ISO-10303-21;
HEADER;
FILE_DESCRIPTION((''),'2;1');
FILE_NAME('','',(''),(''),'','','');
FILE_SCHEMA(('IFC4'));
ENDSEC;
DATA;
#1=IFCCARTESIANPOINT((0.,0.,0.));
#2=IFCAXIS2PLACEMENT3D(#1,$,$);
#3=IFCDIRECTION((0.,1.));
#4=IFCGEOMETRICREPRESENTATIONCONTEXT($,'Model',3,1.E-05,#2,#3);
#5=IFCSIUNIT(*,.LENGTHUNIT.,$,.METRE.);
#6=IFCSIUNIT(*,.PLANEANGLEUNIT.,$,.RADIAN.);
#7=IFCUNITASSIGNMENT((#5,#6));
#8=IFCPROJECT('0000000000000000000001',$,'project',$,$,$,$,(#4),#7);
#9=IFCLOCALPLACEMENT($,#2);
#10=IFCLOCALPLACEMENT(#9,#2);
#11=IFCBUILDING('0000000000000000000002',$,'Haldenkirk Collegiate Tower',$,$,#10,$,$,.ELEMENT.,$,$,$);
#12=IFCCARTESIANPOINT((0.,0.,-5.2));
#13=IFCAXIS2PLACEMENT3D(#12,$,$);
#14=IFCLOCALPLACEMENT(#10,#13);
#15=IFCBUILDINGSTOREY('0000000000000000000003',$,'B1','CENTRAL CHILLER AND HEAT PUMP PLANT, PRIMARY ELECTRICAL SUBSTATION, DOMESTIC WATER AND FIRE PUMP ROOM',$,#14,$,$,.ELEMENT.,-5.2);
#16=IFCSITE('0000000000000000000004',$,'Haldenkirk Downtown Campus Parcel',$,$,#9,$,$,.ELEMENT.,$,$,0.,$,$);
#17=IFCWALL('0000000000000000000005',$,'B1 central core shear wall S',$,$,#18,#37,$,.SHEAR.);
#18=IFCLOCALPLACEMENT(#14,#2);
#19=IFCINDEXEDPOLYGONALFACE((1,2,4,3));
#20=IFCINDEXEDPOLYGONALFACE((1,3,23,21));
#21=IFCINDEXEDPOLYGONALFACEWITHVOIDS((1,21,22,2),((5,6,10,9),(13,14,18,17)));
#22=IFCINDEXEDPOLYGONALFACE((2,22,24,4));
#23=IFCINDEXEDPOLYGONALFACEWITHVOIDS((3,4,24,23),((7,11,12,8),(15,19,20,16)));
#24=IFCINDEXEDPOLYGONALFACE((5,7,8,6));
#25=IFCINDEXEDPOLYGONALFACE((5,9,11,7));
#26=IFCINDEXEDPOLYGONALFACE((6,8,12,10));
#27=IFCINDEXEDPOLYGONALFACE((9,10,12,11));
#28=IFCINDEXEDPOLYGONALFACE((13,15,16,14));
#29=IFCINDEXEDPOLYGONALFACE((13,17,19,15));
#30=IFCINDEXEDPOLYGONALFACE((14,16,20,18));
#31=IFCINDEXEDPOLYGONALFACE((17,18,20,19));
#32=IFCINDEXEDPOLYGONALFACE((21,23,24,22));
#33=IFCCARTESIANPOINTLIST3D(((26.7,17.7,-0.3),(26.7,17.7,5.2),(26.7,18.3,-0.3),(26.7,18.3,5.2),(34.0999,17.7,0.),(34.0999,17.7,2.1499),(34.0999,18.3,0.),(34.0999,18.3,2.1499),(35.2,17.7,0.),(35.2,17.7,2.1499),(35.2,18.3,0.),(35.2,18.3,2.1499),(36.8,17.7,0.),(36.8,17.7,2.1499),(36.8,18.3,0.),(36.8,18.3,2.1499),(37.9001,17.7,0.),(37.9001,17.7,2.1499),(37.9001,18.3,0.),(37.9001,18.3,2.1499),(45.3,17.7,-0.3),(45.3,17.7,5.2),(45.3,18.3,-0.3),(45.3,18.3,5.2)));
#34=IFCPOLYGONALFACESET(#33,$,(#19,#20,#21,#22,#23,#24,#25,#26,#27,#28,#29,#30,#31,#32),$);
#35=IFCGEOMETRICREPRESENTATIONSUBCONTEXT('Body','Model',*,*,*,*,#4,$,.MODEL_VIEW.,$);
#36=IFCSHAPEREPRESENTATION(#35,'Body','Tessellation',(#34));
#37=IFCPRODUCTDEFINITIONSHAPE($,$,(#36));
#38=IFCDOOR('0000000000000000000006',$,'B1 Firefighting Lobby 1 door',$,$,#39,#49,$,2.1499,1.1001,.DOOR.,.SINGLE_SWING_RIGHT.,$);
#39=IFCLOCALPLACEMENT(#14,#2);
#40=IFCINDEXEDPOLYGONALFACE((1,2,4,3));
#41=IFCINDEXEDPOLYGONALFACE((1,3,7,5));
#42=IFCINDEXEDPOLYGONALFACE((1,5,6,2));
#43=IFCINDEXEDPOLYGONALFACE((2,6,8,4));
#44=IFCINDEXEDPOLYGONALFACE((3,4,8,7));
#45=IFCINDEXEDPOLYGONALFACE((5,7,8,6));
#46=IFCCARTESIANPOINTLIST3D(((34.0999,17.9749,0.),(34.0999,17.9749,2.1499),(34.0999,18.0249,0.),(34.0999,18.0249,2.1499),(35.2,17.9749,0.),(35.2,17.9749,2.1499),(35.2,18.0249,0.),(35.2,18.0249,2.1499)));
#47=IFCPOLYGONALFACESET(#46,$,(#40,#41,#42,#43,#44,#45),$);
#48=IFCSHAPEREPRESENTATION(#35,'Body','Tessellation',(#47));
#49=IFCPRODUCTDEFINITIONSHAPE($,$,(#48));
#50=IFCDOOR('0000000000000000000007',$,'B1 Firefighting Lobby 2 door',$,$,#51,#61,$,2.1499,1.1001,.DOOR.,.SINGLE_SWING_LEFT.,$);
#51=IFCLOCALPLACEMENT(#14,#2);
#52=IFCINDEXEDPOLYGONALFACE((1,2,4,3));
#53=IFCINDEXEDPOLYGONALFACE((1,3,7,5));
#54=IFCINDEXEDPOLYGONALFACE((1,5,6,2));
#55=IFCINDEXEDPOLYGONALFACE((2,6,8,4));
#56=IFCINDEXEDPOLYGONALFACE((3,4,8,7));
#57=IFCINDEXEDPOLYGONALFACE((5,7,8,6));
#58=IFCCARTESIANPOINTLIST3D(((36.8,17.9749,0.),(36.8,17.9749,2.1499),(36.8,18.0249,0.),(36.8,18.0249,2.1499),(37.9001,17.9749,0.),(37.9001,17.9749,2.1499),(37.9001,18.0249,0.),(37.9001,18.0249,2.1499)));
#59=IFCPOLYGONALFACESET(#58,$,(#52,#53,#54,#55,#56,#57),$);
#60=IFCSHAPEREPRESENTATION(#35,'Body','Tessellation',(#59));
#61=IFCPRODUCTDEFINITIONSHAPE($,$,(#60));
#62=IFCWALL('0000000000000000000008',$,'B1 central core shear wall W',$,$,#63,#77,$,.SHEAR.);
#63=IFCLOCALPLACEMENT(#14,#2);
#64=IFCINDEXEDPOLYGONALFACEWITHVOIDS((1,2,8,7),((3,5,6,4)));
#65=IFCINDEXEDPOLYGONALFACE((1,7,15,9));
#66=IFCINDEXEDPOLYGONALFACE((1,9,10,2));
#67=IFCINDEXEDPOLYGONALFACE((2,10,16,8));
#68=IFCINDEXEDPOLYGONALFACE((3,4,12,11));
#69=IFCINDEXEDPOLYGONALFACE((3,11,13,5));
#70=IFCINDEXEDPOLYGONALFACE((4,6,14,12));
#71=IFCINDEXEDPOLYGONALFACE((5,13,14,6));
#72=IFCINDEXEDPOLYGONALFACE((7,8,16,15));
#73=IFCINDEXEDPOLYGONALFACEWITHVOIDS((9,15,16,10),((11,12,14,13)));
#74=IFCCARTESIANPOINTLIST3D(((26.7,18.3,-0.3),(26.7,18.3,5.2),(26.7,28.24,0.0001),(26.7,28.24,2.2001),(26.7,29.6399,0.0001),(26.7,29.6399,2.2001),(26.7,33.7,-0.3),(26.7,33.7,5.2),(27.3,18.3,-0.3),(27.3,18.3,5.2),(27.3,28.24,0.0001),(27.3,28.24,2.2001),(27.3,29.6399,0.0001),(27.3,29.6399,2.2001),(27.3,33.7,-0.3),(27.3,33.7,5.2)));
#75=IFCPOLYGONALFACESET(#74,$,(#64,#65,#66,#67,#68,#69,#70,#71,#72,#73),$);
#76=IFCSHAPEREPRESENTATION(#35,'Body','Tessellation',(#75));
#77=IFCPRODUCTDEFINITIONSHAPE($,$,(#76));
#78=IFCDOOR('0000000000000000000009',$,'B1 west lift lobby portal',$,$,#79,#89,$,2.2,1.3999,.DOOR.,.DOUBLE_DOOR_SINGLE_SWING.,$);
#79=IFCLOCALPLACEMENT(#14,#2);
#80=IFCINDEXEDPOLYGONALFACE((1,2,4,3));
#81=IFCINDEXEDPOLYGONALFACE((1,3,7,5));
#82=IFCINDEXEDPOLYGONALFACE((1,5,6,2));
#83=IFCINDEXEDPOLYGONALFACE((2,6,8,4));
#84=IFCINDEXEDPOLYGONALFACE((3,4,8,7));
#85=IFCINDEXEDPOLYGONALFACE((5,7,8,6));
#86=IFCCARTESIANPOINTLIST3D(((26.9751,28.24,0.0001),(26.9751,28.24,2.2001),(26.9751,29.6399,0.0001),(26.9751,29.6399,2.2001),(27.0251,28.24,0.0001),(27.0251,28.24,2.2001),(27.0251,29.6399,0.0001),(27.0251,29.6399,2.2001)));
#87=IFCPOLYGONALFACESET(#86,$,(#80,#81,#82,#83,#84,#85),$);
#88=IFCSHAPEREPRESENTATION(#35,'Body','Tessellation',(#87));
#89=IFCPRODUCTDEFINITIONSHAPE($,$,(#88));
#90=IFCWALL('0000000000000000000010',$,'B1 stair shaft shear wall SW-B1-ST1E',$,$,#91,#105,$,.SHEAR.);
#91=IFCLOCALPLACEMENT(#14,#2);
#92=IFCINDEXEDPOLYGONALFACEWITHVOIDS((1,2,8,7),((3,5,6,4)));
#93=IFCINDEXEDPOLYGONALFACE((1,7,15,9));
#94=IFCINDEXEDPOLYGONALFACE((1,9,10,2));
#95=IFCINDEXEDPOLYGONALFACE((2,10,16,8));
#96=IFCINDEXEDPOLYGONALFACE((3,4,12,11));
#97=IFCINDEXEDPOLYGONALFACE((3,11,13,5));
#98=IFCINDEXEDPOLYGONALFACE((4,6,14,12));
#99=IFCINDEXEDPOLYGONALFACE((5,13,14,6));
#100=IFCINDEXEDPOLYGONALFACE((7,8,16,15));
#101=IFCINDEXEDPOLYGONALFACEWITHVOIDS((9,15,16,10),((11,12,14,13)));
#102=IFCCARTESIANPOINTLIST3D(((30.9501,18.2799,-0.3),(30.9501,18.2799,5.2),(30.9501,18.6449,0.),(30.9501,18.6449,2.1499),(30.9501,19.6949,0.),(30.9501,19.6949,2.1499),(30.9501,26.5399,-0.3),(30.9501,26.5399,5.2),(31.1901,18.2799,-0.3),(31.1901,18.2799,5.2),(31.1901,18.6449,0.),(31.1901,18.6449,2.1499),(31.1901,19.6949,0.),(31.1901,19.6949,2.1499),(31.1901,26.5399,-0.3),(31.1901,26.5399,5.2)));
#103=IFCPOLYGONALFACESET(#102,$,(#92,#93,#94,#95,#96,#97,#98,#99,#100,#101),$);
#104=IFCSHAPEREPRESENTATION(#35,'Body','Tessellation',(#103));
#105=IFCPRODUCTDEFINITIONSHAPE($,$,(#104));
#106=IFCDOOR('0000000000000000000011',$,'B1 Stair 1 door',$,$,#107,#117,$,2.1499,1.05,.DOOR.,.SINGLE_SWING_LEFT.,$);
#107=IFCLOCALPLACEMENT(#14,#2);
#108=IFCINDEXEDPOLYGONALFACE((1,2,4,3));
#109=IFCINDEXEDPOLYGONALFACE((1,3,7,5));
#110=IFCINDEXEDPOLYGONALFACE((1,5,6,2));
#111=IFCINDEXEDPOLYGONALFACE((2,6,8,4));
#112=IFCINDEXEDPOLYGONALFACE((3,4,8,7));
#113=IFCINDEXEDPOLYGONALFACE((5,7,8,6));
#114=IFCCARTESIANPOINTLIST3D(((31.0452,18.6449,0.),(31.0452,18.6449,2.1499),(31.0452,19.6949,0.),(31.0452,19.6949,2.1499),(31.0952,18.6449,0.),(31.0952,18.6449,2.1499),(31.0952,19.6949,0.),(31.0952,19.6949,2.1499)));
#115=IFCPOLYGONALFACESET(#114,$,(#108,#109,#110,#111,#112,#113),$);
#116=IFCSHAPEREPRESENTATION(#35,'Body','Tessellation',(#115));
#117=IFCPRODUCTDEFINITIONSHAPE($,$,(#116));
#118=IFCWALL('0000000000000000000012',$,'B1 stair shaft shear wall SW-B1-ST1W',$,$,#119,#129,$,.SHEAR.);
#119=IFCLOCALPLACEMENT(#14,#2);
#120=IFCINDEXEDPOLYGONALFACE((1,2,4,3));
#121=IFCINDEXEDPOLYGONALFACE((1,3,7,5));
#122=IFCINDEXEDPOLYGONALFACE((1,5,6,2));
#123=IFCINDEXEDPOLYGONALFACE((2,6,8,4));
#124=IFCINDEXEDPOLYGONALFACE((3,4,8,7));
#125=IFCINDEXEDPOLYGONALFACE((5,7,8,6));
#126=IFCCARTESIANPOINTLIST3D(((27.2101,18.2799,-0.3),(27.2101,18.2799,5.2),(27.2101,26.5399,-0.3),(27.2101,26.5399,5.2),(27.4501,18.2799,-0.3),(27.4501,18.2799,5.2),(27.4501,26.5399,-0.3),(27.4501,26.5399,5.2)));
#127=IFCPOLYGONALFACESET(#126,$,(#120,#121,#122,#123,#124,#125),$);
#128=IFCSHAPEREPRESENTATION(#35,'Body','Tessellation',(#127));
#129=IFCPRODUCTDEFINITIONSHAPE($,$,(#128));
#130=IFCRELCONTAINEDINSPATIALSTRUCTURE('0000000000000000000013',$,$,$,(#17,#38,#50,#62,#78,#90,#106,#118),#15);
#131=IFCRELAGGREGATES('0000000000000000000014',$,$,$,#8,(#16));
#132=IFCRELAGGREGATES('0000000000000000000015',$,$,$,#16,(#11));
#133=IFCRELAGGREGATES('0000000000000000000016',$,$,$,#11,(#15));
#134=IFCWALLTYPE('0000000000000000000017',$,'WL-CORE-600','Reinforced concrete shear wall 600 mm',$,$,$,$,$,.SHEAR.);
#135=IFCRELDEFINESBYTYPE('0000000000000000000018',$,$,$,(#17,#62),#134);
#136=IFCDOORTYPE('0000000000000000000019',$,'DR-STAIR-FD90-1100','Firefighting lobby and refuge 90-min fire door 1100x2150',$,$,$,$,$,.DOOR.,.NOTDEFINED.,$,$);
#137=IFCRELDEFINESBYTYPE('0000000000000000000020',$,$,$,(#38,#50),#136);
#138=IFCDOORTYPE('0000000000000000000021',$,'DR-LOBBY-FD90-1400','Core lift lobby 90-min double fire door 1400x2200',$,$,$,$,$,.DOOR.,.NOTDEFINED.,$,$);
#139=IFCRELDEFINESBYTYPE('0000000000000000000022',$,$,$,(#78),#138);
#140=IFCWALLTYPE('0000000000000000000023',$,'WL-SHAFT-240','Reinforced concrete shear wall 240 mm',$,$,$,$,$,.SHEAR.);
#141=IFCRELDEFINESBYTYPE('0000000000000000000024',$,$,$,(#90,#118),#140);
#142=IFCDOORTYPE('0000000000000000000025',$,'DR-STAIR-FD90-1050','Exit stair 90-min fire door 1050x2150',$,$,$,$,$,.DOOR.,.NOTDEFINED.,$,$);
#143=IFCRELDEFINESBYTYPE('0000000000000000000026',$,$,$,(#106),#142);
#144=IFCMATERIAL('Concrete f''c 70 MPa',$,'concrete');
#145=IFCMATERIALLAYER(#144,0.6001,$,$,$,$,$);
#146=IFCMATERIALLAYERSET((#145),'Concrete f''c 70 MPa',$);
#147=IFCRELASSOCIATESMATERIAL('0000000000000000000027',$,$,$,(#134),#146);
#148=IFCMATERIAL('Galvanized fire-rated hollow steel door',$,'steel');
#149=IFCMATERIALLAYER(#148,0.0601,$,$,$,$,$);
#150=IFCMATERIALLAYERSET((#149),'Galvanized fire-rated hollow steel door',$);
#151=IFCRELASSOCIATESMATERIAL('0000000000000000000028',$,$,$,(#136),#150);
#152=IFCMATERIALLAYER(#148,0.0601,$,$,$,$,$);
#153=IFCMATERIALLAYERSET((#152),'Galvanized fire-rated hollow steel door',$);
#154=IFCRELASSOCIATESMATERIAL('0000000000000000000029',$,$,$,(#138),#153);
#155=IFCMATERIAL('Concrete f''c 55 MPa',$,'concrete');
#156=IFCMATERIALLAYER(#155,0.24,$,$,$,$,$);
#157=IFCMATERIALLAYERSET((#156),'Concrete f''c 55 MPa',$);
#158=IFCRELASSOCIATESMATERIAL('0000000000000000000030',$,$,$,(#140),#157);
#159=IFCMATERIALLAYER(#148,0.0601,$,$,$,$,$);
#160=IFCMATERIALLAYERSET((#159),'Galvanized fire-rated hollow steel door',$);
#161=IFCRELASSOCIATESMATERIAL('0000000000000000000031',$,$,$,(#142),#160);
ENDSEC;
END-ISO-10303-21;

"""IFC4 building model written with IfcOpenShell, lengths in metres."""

from ifc_helpers import new_model, si_unit, direction, frame, frame_2d, origin, place, context, subcontext, project, spatial, rectangle, extrude, material, layer, layer_set, type_object, element, fill, save


model = new_model("IFC4")

# Units and contexts
model_context = context("Model", 3, precision=1e-05, world=origin(), true_north=direction((0.0, 1.0)))
body_context = subcontext(model_context, "Body", "Model", "MODEL_VIEW")
ifc_project = project(units=[si_unit("LENGTHUNIT", "METRE"), si_unit("PLANEANGLEUNIT", "RADIAN")], contexts=[model_context])

# Site, building, storey
site_placement = place(None, origin())
site = spatial("IfcSite", under=ifc_project, at=site_placement, Name="Haldenkirk Downtown Campus Parcel", CompositionType="ELEMENT", RefElevation=0.0)
building_placement = place(site_placement, origin())
building = spatial("IfcBuilding", under=site, at=building_placement, Name="Haldenkirk Collegiate Tower", CompositionType="ELEMENT")
storey_placement = place(building_placement, frame((0.0, 0.0, -5.2)))
storey = spatial("IfcBuildingStorey", under=building, at=storey_placement, Name="B1", Description="CENTRAL CHILLER AND HEAT PUMP PLANT, PRIMARY ELECTRICAL SUBSTATION, DOMESTIC WATER AND FIRE PUMP ROOM", CompositionType="ELEMENT", Elevation=-5.2)

# Shared definitions
ifc_material_1 = material(Name="Concrete f'c 55 MPa", Category="concrete")

# Wall, openings, doors
ifc_material_2 = material(Name="Concrete f'c 70 MPa", Category="concrete")
ifc_layer_1 = layer(ifc_material_2, 0.6001)
ifc_layer_set_1 = layer_set([ifc_layer_1], Name="Concrete f'c 70 MPa")
wall_type_1 = type_object("IfcWallType", Name="WL-CORE-600", Description="Reinforced concrete shear wall 600 mm", PredefinedType="SHEAR", material=ifc_layer_set_1)
wall_1_placement = place(storey_placement, frame((26.7, 18.0, -0.3), z_axis=(0.0, 0.0, 1.0), x_axis=(1.0, 0.0, 0.0)))
wall_1 = element("IfcWall", 1, at=wall_1_placement, inside=storey, type_object=wall_type_1, Name="B1 central core shear wall S", PredefinedType="SHEAR", context=body_context, shape_type="SweptSolid", body=[
    extrude(rectangle(XDim=18.6001, YDim=0.6001, at=frame_2d((9.3, 0.0))), origin(), (0.0, 0.0, 1.0), 5.5),
])
opening_1_placement = place(wall_1_placement, frame((7.3999, 0.0, 0.3)))
opening_1 = element("IfcOpeningElement", 2, at=opening_1_placement, cuts=wall_1, PredefinedType="OPENING", context=body_context, shape_type="SweptSolid", body=[
    extrude(rectangle(XDim=1.1001, YDim=2.1499, at=frame_2d((0.55, 1.075))), frame((0.0, 0.3101, 0.0), z_axis=(0.0, -1.0, 0.0), x_axis=(1.0, 0.0, 0.0)), (0.0, 0.0, 1.0), 0.6201),
])
opening_2_placement = place(wall_1_placement, frame((10.1001, 0.0, 0.3)))
opening_2 = element("IfcOpeningElement", 3, at=opening_2_placement, cuts=wall_1, PredefinedType="OPENING", context=body_context, shape_type="SweptSolid", body=[
    extrude(rectangle(XDim=1.1001, YDim=2.1499, at=frame_2d((0.55, 1.075))), frame((0.0, 0.3101, 0.0), z_axis=(0.0, -1.0, 0.0), x_axis=(1.0, 0.0, 0.0)), (0.0, 0.0, 1.0), 0.6201),
])
ifc_material_3 = material(Name="Galvanized fire-rated hollow steel door", Category="steel")
ifc_layer_2 = layer(ifc_material_3, 0.0601)
ifc_layer_set_2 = layer_set([ifc_layer_2], Name="Galvanized fire-rated hollow steel door")
door_type_1 = type_object("IfcDoorType", Name="DR-STAIR-FD90-1100", Description="Firefighting lobby and refuge 90-min fire door 1100x2150", OperationType="NOTDEFINED", PredefinedType="DOOR", material=ifc_layer_set_2)
door_1_placement = place(opening_1_placement, origin())
door_1 = element("IfcDoor", 4, at=door_1_placement, inside=storey, type_object=door_type_1, Name="B1 Firefighting Lobby 1 door", OperationType="SINGLE_SWING_RIGHT", OverallHeight=2.1499, OverallWidth=1.1001, PredefinedType="DOOR", context=body_context, shape_type="SweptSolid", body=[
    extrude(rectangle(XDim=1.1001, YDim=2.1499, at=frame_2d((0.55, 1.075))), frame((0.0, 0.0249, 0.0), z_axis=(0.0, -1.0, 0.0), x_axis=(1.0, 0.0, 0.0)), (0.0, 0.0, 1.0), 0.05),
])
fill(opening_1, door_1)
door_2_placement = place(opening_2_placement, origin())
door_2 = element("IfcDoor", 5, at=door_2_placement, inside=storey, type_object=door_type_1, Name="B1 Firefighting Lobby 2 door", OperationType="SINGLE_SWING_LEFT", OverallHeight=2.1499, OverallWidth=1.1001, PredefinedType="DOOR", context=body_context, shape_type="SweptSolid", body=[
    extrude(rectangle(XDim=1.1001, YDim=2.1499, at=frame_2d((0.55, 1.075))), frame((0.0, 0.0249, 0.0), z_axis=(0.0, -1.0, 0.0), x_axis=(1.0, 0.0, 0.0)), (0.0, 0.0, 1.0), 0.05),
])
fill(opening_2, door_2)

# Walls, openings, doors
wall_2_placement = place(storey_placement, frame((27.0, 18.3, -0.3), z_axis=(0.0, 0.0, 1.0), x_axis=(0.0, 1.0, 0.0)))
wall_2 = element("IfcWall", 6, at=wall_2_placement, inside=storey, type_object=wall_type_1, Name="B1 central core shear wall W", PredefinedType="SHEAR", context=body_context, shape_type="SweptSolid", body=[
    extrude(rectangle(XDim=15.3999, YDim=0.6001, at=frame_2d((7.7, 0.0))), origin(), (0.0, 0.0, 1.0), 5.5),
])
opening_3_placement = place(wall_2_placement, frame((9.9399, 0.0, 0.3)))
opening_3 = element("IfcOpeningElement", 7, at=opening_3_placement, cuts=wall_2, PredefinedType="OPENING", context=body_context, shape_type="SweptSolid", body=[
    extrude(rectangle(XDim=1.3999, YDim=2.2, at=frame_2d((0.7, 1.1001))), frame((0.0, 0.3101, 0.0), z_axis=(0.0, -1.0, 0.0), x_axis=(1.0, 0.0, 0.0)), (0.0, 0.0, 1.0), 0.6201),
])
ifc_layer_3 = layer(ifc_material_3, 0.0601)
ifc_layer_set_3 = layer_set([ifc_layer_3], Name="Galvanized fire-rated hollow steel door")
door_type_2 = type_object("IfcDoorType", Name="DR-LOBBY-FD90-1400", Description="Core lift lobby 90-min double fire door 1400x2200", OperationType="NOTDEFINED", PredefinedType="DOOR", material=ifc_layer_set_3)
door_3_placement = place(opening_3_placement, origin())
door_3 = element("IfcDoor", 8, at=door_3_placement, inside=storey, type_object=door_type_2, Name="B1 west lift lobby portal", OperationType="DOUBLE_DOOR_SINGLE_SWING", OverallHeight=2.2, OverallWidth=1.3999, PredefinedType="DOOR", context=body_context, shape_type="SweptSolid", body=[
    extrude(rectangle(XDim=1.3999, YDim=2.2, at=frame_2d((0.7, 1.1001))), frame((0.0, 0.0249, 0.0), z_axis=(0.0, -1.0, 0.0), x_axis=(1.0, 0.0, 0.0)), (0.0, 0.0, 1.0), 0.05),
])
fill(opening_3, door_3)
ifc_layer_4 = layer(ifc_material_1, 0.24)
ifc_layer_set_4 = layer_set([ifc_layer_4], Name="Concrete f'c 55 MPa")
wall_type_2 = type_object("IfcWallType", Name="WL-SHAFT-240", Description="Reinforced concrete shear wall 240 mm", PredefinedType="SHEAR", material=ifc_layer_set_4)
wall_3_placement = place(storey_placement, frame((31.0701, 18.28, -0.3), z_axis=(0.0, 0.0, 1.0), x_axis=(0.0, 1.0, 0.0)))
wall_3 = element("IfcWall", 9, at=wall_3_placement, inside=storey, type_object=wall_type_2, Name="B1 stair shaft shear wall SW-B1-ST1E", PredefinedType="SHEAR", context=body_context, shape_type="SweptSolid", body=[
    extrude(rectangle(XDim=8.26, YDim=0.24, at=frame_2d((4.1299, 0.0))), origin(), (0.0, 0.0, 1.0), 5.5),
])
opening_4_placement = place(wall_3_placement, frame((0.365, 0.0, 0.3)))
opening_4 = element("IfcOpeningElement", 10, at=opening_4_placement, cuts=wall_3, PredefinedType="OPENING", context=body_context, shape_type="SweptSolid", body=[
    extrude(rectangle(XDim=1.05, YDim=2.1499, at=frame_2d((0.5249, 1.075))), frame((0.0, 0.1299, 0.0), z_axis=(0.0, -1.0, 0.0), x_axis=(1.0, 0.0, 0.0)), (0.0, 0.0, 1.0), 0.26),
])
ifc_layer_5 = layer(ifc_material_3, 0.0601)
ifc_layer_set_5 = layer_set([ifc_layer_5], Name="Galvanized fire-rated hollow steel door")
door_type_3 = type_object("IfcDoorType", Name="DR-STAIR-FD90-1050", Description="Exit stair 90-min fire door 1050x2150", OperationType="NOTDEFINED", PredefinedType="DOOR", material=ifc_layer_set_5)
door_4_placement = place(opening_4_placement, origin())
door_4 = element("IfcDoor", 11, at=door_4_placement, inside=storey, type_object=door_type_3, Name="B1 Stair 1 door", OperationType="SINGLE_SWING_LEFT", OverallHeight=2.1499, OverallWidth=1.05, PredefinedType="DOOR", context=body_context, shape_type="SweptSolid", body=[
    extrude(rectangle(XDim=1.05, YDim=2.1499, at=frame_2d((0.5249, 1.075))), frame((0.0, 0.0249, 0.0), z_axis=(0.0, -1.0, 0.0), x_axis=(1.0, 0.0, 0.0)), (0.0, 0.0, 1.0), 0.05),
])
fill(opening_4, door_4)

# Wall
wall_4_placement = place(storey_placement, frame((27.3301, 18.28, -0.3), z_axis=(0.0, 0.0, 1.0), x_axis=(0.0, 1.0, 0.0)))
element("IfcWall", 12, at=wall_4_placement, inside=storey, type_object=wall_type_2, Name="B1 stair shaft shear wall SW-B1-ST1W", PredefinedType="SHEAR", context=body_context, shape_type="SweptSolid", body=[
    extrude(rectangle(XDim=8.26, YDim=0.24, at=frame_2d((4.1299, 0.0))), origin(), (0.0, 0.0, 1.0), 5.5),
])

save(model, "model.ifc")
